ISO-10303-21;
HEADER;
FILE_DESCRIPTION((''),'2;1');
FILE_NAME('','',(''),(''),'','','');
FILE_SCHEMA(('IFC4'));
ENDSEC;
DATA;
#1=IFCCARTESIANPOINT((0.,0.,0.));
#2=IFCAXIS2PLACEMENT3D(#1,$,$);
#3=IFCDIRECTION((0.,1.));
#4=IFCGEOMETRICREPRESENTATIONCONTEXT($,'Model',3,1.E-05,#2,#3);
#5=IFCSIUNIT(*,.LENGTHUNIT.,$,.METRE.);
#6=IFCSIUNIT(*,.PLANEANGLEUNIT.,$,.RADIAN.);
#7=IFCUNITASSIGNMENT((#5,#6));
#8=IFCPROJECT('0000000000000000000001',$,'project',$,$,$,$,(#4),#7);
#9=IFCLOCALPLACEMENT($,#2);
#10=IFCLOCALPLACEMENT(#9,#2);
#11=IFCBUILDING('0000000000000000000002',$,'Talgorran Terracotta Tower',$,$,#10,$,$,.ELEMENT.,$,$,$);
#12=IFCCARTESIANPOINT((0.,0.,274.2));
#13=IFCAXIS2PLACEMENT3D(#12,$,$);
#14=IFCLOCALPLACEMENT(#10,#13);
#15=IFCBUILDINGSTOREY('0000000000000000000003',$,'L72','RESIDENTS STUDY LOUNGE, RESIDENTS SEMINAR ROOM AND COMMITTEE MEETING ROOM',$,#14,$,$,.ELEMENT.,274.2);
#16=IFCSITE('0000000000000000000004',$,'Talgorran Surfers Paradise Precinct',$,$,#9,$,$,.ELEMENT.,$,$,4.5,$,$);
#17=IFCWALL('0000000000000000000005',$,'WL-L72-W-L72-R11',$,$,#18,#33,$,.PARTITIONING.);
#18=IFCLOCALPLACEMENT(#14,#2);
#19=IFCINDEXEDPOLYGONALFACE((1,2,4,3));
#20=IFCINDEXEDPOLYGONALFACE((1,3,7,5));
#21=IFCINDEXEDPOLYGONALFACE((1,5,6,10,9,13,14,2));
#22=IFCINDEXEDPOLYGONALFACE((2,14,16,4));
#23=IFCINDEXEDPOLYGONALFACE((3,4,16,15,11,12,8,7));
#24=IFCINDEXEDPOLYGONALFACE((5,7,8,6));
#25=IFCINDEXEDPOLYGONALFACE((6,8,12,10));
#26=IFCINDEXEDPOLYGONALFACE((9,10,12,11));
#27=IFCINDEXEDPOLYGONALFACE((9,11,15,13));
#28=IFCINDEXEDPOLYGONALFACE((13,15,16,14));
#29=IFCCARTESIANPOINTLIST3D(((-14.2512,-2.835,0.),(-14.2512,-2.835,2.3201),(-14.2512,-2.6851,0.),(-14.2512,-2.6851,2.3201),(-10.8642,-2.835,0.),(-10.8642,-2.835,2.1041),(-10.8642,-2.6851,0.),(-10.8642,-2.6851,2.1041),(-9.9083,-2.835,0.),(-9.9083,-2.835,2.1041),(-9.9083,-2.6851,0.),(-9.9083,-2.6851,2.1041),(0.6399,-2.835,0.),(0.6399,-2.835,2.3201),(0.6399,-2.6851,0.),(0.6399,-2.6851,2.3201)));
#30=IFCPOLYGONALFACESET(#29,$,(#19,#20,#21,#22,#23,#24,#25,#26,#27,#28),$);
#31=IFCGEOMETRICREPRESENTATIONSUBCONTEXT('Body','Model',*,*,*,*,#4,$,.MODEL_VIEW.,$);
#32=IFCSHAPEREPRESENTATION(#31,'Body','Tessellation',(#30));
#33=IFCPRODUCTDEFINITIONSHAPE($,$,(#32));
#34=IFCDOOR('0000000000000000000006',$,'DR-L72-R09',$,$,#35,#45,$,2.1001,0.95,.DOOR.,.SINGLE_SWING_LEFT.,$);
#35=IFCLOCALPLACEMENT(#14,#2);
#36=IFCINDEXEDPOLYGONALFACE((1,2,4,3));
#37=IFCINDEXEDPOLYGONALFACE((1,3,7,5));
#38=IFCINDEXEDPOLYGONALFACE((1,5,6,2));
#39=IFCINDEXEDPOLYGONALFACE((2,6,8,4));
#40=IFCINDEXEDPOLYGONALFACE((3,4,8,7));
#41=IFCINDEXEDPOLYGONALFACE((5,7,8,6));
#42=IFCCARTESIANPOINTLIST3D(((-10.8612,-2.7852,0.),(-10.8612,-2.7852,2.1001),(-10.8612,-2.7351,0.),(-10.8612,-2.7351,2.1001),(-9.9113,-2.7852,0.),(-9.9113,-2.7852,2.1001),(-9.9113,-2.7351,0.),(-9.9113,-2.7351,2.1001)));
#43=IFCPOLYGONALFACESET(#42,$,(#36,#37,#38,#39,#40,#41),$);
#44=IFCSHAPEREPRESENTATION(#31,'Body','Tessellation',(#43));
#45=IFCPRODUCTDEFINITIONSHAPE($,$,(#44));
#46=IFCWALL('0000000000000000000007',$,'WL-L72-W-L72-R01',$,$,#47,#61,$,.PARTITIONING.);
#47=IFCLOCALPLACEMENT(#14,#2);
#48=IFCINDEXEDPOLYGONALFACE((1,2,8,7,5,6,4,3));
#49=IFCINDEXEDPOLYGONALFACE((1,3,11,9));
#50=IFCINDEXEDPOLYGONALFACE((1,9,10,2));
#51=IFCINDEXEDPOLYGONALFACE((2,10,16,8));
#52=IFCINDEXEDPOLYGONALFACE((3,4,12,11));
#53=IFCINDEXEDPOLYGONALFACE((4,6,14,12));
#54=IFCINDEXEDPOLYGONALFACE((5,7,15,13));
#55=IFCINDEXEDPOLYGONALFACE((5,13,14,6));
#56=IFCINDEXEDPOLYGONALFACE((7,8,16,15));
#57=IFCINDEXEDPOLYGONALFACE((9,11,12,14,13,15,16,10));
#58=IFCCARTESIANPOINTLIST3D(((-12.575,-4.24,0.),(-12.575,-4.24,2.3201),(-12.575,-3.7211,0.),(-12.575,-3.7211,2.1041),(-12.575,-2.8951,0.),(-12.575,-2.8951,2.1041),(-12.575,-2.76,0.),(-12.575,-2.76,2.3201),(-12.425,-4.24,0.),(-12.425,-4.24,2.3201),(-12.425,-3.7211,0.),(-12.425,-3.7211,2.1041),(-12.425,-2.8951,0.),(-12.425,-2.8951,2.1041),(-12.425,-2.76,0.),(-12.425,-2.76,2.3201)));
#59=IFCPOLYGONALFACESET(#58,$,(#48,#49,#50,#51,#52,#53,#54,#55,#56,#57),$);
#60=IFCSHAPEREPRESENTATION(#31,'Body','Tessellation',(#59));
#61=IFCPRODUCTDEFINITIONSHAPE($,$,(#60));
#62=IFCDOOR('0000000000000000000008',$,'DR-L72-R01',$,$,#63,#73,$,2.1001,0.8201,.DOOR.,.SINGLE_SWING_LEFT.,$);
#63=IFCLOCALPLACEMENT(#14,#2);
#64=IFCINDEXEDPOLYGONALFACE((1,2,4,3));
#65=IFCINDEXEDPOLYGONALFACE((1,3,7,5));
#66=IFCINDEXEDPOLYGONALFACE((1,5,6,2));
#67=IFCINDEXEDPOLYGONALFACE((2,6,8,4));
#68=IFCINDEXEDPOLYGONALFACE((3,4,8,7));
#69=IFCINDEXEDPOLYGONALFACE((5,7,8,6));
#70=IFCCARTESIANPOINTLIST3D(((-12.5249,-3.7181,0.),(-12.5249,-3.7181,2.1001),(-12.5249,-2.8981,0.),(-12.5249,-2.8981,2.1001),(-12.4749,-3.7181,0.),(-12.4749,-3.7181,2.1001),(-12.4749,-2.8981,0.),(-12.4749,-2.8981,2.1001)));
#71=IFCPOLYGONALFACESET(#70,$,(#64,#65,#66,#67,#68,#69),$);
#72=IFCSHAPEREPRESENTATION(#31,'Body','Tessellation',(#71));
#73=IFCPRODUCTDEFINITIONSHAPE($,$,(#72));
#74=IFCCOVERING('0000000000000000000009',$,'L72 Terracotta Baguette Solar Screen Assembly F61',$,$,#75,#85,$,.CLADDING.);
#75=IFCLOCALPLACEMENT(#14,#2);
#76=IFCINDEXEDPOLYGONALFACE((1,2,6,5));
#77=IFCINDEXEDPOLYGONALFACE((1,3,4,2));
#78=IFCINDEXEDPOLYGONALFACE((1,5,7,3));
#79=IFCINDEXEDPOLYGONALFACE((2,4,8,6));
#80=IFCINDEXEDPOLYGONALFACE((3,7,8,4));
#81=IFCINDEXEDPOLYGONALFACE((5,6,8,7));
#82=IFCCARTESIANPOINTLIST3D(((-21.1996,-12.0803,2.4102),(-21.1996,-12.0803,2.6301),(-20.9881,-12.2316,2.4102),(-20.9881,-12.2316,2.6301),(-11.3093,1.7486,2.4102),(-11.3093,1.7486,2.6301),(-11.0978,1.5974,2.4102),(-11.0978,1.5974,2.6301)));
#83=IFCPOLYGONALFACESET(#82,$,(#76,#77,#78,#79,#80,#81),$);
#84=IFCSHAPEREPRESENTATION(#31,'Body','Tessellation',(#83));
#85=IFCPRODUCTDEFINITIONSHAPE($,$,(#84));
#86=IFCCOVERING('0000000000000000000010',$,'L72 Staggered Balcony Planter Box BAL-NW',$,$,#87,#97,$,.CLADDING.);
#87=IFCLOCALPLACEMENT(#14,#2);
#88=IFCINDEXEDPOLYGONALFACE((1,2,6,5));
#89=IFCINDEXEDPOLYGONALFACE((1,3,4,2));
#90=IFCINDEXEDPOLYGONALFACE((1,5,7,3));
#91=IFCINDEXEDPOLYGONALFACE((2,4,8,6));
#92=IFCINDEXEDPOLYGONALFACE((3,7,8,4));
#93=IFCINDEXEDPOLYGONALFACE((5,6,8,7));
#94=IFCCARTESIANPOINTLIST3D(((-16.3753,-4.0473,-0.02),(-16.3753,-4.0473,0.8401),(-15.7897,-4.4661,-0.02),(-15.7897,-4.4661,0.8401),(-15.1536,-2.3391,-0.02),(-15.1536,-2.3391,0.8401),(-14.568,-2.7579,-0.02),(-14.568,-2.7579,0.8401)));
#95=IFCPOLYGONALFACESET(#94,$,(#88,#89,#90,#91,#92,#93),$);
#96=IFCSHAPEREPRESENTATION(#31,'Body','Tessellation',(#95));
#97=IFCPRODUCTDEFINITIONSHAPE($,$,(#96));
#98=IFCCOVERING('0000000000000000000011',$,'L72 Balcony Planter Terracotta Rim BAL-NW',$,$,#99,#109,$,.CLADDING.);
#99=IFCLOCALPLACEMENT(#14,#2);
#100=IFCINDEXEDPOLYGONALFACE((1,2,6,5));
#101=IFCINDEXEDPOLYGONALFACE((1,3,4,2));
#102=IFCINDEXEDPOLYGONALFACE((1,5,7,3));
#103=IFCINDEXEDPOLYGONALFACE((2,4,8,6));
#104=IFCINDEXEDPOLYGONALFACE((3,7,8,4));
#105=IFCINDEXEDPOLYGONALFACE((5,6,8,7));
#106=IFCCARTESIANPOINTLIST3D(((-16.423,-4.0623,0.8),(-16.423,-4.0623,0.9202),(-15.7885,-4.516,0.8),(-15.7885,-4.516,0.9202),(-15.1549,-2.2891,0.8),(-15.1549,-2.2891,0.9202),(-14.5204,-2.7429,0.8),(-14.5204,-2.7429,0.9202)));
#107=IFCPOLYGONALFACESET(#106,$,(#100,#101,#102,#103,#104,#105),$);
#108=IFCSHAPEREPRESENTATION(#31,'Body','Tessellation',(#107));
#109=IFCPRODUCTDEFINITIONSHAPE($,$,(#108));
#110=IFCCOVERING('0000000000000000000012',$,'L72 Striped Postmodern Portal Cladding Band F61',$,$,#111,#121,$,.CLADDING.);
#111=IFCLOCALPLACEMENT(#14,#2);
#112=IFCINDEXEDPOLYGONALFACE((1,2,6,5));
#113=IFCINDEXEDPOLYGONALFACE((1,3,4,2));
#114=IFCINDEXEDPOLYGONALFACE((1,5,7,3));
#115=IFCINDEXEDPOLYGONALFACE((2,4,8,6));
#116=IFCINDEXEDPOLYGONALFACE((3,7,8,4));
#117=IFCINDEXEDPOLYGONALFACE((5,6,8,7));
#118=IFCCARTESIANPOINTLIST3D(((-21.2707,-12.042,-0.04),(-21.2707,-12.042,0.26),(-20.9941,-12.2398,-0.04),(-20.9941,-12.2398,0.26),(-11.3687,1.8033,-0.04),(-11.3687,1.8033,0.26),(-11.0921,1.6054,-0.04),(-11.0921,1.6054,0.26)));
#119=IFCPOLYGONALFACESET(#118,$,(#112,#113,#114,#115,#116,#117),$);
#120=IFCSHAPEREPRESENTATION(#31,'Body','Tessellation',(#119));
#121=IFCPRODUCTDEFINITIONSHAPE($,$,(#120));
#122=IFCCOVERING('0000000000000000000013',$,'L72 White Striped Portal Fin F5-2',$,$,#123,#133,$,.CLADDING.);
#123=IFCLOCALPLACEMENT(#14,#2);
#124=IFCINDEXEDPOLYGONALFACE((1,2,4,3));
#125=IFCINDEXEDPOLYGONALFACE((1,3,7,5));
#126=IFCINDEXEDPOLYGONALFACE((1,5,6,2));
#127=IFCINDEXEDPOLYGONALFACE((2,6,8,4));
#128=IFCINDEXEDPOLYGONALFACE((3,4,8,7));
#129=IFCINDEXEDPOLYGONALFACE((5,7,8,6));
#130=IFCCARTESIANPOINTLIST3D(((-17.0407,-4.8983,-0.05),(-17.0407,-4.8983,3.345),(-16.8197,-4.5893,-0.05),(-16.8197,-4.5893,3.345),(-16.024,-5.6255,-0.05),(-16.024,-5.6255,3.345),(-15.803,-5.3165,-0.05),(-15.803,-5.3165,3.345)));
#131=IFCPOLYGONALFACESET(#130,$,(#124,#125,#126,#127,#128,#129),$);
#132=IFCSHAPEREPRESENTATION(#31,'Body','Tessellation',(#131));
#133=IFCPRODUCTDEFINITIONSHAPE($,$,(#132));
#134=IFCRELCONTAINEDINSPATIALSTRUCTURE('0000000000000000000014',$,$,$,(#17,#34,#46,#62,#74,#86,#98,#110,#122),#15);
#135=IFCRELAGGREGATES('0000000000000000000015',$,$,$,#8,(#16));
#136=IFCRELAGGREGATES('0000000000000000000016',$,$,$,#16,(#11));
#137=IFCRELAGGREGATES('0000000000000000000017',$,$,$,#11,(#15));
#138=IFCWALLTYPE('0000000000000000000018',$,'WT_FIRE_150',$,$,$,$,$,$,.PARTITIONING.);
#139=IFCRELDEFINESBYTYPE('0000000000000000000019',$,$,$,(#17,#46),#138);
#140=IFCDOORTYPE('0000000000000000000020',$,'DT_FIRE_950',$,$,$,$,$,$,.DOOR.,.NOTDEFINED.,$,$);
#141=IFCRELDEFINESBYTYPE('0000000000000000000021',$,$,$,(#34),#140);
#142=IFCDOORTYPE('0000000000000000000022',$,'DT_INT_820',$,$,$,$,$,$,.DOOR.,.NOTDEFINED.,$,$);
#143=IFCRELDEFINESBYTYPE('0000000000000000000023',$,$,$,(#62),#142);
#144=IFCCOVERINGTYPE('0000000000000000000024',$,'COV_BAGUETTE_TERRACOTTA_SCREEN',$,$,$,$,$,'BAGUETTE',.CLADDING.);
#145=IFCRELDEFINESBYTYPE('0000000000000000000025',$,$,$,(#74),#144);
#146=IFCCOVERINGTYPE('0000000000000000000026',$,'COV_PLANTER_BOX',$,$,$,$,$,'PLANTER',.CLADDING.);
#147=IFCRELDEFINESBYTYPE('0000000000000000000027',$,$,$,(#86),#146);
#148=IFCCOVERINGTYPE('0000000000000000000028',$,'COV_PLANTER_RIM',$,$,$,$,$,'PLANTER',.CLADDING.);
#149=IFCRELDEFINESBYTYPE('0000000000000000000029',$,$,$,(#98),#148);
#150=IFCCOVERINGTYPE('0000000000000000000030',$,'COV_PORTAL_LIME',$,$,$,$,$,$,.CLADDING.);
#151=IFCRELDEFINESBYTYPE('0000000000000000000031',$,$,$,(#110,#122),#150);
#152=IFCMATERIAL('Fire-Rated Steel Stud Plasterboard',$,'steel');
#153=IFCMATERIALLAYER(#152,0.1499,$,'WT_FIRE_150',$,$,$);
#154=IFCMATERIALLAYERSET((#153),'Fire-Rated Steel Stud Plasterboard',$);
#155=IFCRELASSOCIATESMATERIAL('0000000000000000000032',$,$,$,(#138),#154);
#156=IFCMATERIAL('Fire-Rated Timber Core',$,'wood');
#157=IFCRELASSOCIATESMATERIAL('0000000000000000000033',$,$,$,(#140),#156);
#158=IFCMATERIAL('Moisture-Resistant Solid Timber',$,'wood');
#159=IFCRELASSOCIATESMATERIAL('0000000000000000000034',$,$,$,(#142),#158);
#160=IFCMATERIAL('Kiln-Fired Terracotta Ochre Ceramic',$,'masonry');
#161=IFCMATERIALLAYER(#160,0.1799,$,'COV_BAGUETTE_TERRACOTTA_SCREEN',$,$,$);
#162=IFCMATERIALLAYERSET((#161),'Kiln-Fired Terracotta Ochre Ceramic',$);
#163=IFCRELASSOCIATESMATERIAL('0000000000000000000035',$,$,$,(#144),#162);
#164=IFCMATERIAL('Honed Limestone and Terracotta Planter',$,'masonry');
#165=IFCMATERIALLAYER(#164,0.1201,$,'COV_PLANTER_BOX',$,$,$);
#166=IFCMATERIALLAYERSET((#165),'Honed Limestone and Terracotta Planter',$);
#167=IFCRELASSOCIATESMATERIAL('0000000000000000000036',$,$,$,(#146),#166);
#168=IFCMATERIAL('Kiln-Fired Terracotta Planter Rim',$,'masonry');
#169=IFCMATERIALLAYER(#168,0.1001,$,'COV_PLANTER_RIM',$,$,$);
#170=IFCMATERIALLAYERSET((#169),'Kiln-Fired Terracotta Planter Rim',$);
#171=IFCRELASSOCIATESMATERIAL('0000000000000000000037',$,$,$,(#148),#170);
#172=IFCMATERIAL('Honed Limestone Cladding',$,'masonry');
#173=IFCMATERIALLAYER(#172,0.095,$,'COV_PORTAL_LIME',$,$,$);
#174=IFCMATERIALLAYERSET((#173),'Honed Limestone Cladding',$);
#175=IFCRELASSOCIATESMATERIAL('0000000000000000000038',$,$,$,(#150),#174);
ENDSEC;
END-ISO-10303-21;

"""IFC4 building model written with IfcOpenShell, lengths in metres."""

from ifc_helpers import new_model, si_unit, direction, frame, frame_2d, origin, origin_2d, place, context, subcontext, project, spatial, rectangle, extrude, material, layer, layer_set, type_object, element, fill, save


model = new_model("IFC4")

# Units and contexts
model_context = context("Model", 3, precision=1e-05, world=origin(), true_north=direction((0.0, 1.0)))
body_context = subcontext(model_context, "Body", "Model", "MODEL_VIEW")
ifc_project = project(units=[si_unit("LENGTHUNIT", "METRE"), si_unit("PLANEANGLEUNIT", "RADIAN")], contexts=[model_context])

# Site, building, storey
site_placement = place(None, origin())
site = spatial("IfcSite", under=ifc_project, at=site_placement, Name="Talgorran Surfers Paradise Precinct", CompositionType="ELEMENT", RefElevation=4.5)
building_placement = place(site_placement, origin())
building = spatial("IfcBuilding", under=site, at=building_placement, Name="Talgorran Terracotta Tower", CompositionType="ELEMENT")
storey_placement = place(building_placement, frame((0.0, 0.0, 274.2)))
storey = spatial("IfcBuildingStorey", under=building, at=storey_placement, Name="L72", Description="RESIDENTS STUDY LOUNGE, RESIDENTS SEMINAR ROOM AND COMMITTEE MEETING ROOM", CompositionType="ELEMENT", Elevation=274.2)

# Walls, openings, doors
ifc_material_1 = material(Name="Fire-Rated Steel Stud Plasterboard", Category="steel")
ifc_layer_1 = layer(ifc_material_1, 0.1499, Name="WT_FIRE_150")
ifc_layer_set_1 = layer_set([ifc_layer_1], Name="Fire-Rated Steel Stud Plasterboard")
wall_type_1 = type_object("IfcWallType", Name="WT_FIRE_150", PredefinedType="PARTITIONING", material=ifc_layer_set_1)
wall_1_placement = place(storey_placement, frame((-14.2512, -2.76, 0.0), z_axis=(0.0, 0.0, 1.0), x_axis=(1.0, 0.0, 0.0)))
wall_1 = element("IfcWall", 1, at=wall_1_placement, inside=storey, type_object=wall_type_1, Name="WL-L72-W-L72-R11", PredefinedType="PARTITIONING", context=body_context, shape_type="SweptSolid", body=[
    extrude(rectangle(XDim=14.8911, YDim=0.1499, at=frame_2d((7.4456, 0.0))), origin(), (0.0, 0.0, 1.0), 2.3201),
])
opening_1_placement = place(wall_1_placement, frame((3.3899, 0.0, 0.0)))
opening_1 = element("IfcOpeningElement", 2, at=opening_1_placement, cuts=wall_1, PredefinedType="OPENING", context=body_context, shape_type="SweptSolid", body=[
    extrude(rectangle(XDim=0.956, YDim=2.1041, at=frame_2d((0.4751, 1.052))), frame((0.0, 0.085, 0.0), z_axis=(0.0, -1.0, 0.0), x_axis=(1.0, 0.0, 0.0)), (0.0, 0.0, 1.0), 0.1699),
])
ifc_material_2 = material(Name="Fire-Rated Timber Core", Category="wood")
door_type_1 = type_object("IfcDoorType", Name="DT_FIRE_950", OperationType="NOTDEFINED", PredefinedType="DOOR", material=ifc_material_2)
door_1_placement = place(opening_1_placement, origin())
door_1 = element("IfcDoor", 3, at=door_1_placement, inside=storey, type_object=door_type_1, Name="DR-L72-R09", OperationType="SINGLE_SWING_LEFT", OverallHeight=2.1001, OverallWidth=0.95, PredefinedType="DOOR", context=body_context, shape_type="SweptSolid", body=[
    extrude(rectangle(XDim=0.95, YDim=2.1001, at=frame_2d((0.4751, 1.05))), frame((0.0, 0.0249, 0.0), z_axis=(0.0, -1.0, 0.0), x_axis=(1.0, 0.0, 0.0)), (0.0, 0.0, 1.0), 0.05),
])
fill(opening_1, door_1)
wall_2_placement = place(storey_placement, frame((-12.5, -4.24, 0.0), z_axis=(0.0, 0.0, 1.0), x_axis=(0.0, 1.0, 0.0)))
wall_2 = element("IfcWall", 4, at=wall_2_placement, inside=storey, type_object=wall_type_1, Name="WL-L72-W-L72-R01", PredefinedType="PARTITIONING", context=body_context, shape_type="SweptSolid", body=[
    extrude(rectangle(XDim=1.48, YDim=0.1499, at=frame_2d((0.74, 0.0))), origin(), (0.0, 0.0, 1.0), 2.3201),
])
opening_2_placement = place(wall_2_placement, frame((0.5217, 0.0, 0.0)))
opening_2 = element("IfcOpeningElement", 5, at=opening_2_placement, cuts=wall_2, PredefinedType="OPENING", context=body_context, shape_type="SweptSolid", body=[
    extrude(rectangle(XDim=0.8261, YDim=2.1041, at=frame_2d((0.4102, 1.052))), frame((0.0, 0.085, 0.0), z_axis=(0.0, -1.0, 0.0), x_axis=(1.0, 0.0, 0.0)), (0.0, 0.0, 1.0), 0.1699),
])
ifc_material_3 = material(Name="Moisture-Resistant Solid Timber", Category="wood")
door_type_2 = type_object("IfcDoorType", Name="DT_INT_820", OperationType="NOTDEFINED", PredefinedType="DOOR", material=ifc_material_3)
door_2_placement = place(opening_2_placement, origin())
door_2 = element("IfcDoor", 6, at=door_2_placement, inside=storey, type_object=door_type_2, Name="DR-L72-R01", OperationType="SINGLE_SWING_LEFT", OverallHeight=2.1001, OverallWidth=0.8201, PredefinedType="DOOR", context=body_context, shape_type="SweptSolid", body=[
    extrude(rectangle(XDim=0.8201, YDim=2.1001, at=frame_2d((0.4102, 1.05))), frame((0.0, 0.0249, 0.0), z_axis=(0.0, -1.0, 0.0), x_axis=(1.0, 0.0, 0.0)), (0.0, 0.0, 1.0), 0.05),
])
fill(opening_2, door_2)

# Coverings
ifc_material_4 = material(Name="Kiln-Fired Terracotta Ochre Ceramic", Category="masonry")
ifc_layer_2 = layer(ifc_material_4, 0.1799, Name="COV_BAGUETTE_TERRACOTTA_SCREEN")
ifc_layer_set_2 = layer_set([ifc_layer_2], Name="Kiln-Fired Terracotta Ochre Ceramic")
covering_type_1 = type_object("IfcCoveringType", Name="COV_BAGUETTE_TERRACOTTA_SCREEN", ElementType="BAGUETTE", PredefinedType="CLADDING", material=ifc_layer_set_2)
covering_1_placement = place(storey_placement, frame((-16.1487, -5.2415, 2.4102), z_axis=(0.0, 0.0, 1.0), x_axis=(-0.581726, -0.813385, 0.0)))
element("IfcCovering", 7, at=covering_1_placement, inside=storey, type_object=covering_type_1, Name="L72 Terracotta Baguette Solar Screen Assembly F61", PredefinedType="CLADDING", context=body_context, shape_type="SweptSolid", body=[
    extrude(rectangle(XDim=17.0017, YDim=0.26, at=origin_2d()), origin(), (0.0, 0.0, 1.0), 0.22),
])
ifc_material_5 = material(Name="Honed Limestone and Terracotta Planter", Category="masonry")
ifc_layer_3 = layer(ifc_material_5, 0.1201, Name="COV_PLANTER_BOX")
ifc_layer_set_3 = layer_set([ifc_layer_3], Name="Honed Limestone and Terracotta Planter")
covering_type_2 = type_object("IfcCoveringType", Name="COV_PLANTER_BOX", ElementType="PLANTER", PredefinedType="CLADDING", material=ifc_layer_set_3)
covering_2_placement = place(storey_placement, frame((-15.4717, -3.4026, -0.02), z_axis=(0.0, 0.0, 1.0), x_axis=(-0.581726, -0.813385, 0.0)))
element("IfcCovering", 8, at=covering_2_placement, inside=storey, type_object=covering_type_2, Name="L72 Staggered Balcony Planter Box BAL-NW", PredefinedType="CLADDING", context=body_context, shape_type="SweptSolid", body=[
    extrude(rectangle(XDim=2.1001, YDim=0.72, at=origin_2d()), origin(), (0.0, 0.0, 1.0), 0.8601),
])
ifc_material_6 = material(Name="Kiln-Fired Terracotta Planter Rim", Category="masonry")
ifc_layer_4 = layer(ifc_material_6, 0.1001, Name="COV_PLANTER_RIM")
ifc_layer_set_4 = layer_set([ifc_layer_4], Name="Kiln-Fired Terracotta Planter Rim")
covering_type_3 = type_object("IfcCoveringType", Name="COV_PLANTER_RIM", ElementType="PLANTER", PredefinedType="CLADDING", material=ifc_layer_set_4)
covering_3_placement = place(storey_placement, frame((-15.4717, -3.4026, 0.8), z_axis=(0.0, 0.0, 1.0), x_axis=(-0.581726, -0.813385, 0.0)))
element("IfcCovering", 9, at=covering_3_placement, inside=storey, type_object=covering_type_3, Name="L72 Balcony Planter Terracotta Rim BAL-NW", PredefinedType="CLADDING", context=body_context, shape_type="SweptSolid", body=[
    extrude(rectangle(XDim=2.1799, YDim=0.78, at=origin_2d()), origin(), (0.0, 0.0, 1.0), 0.1201),
])
ifc_material_7 = material(Name="Honed Limestone Cladding", Category="masonry")
ifc_layer_5 = layer(ifc_material_7, 0.095, Name="COV_PORTAL_LIME")
ifc_layer_set_5 = layer_set([ifc_layer_5], Name="Honed Limestone Cladding")
covering_type_4 = type_object("IfcCoveringType", Name="COV_PORTAL_LIME", PredefinedType="CLADDING", material=ifc_layer_set_5)
covering_4_placement = place(storey_placement, frame((-16.1814, -5.2183, -0.04), z_axis=(0.0, 0.0, 1.0), x_axis=(-0.581726, -0.813385, 0.0)))
element("IfcCovering", 10, at=covering_4_placement, inside=storey, type_object=covering_type_4, Name="L72 Striped Postmodern Portal Cladding Band F61", PredefinedType="CLADDING", context=body_context, shape_type="SweptSolid", body=[
    extrude(rectangle(XDim=17.0217, YDim=0.3401, at=origin_2d()), origin(), (0.0, 0.0, 1.0), 0.3),
])
covering_5_placement = place(storey_placement, frame((-16.4219, -5.1074, -0.05), z_axis=(0.0, 0.0, 1.0), x_axis=(-0.581726, -0.813385, 0.0)))
element("IfcCovering", 11, at=covering_5_placement, inside=storey, type_object=covering_type_4, Name="L72 White Striped Portal Fin F5-2", PredefinedType="CLADDING", context=body_context, shape_type="SweptSolid", body=[
    extrude(rectangle(XDim=0.3799, YDim=1.25, at=origin_2d()), origin(), (0.0, 0.0, 1.0), 3.395),
])

save(model, "model.ifc")
